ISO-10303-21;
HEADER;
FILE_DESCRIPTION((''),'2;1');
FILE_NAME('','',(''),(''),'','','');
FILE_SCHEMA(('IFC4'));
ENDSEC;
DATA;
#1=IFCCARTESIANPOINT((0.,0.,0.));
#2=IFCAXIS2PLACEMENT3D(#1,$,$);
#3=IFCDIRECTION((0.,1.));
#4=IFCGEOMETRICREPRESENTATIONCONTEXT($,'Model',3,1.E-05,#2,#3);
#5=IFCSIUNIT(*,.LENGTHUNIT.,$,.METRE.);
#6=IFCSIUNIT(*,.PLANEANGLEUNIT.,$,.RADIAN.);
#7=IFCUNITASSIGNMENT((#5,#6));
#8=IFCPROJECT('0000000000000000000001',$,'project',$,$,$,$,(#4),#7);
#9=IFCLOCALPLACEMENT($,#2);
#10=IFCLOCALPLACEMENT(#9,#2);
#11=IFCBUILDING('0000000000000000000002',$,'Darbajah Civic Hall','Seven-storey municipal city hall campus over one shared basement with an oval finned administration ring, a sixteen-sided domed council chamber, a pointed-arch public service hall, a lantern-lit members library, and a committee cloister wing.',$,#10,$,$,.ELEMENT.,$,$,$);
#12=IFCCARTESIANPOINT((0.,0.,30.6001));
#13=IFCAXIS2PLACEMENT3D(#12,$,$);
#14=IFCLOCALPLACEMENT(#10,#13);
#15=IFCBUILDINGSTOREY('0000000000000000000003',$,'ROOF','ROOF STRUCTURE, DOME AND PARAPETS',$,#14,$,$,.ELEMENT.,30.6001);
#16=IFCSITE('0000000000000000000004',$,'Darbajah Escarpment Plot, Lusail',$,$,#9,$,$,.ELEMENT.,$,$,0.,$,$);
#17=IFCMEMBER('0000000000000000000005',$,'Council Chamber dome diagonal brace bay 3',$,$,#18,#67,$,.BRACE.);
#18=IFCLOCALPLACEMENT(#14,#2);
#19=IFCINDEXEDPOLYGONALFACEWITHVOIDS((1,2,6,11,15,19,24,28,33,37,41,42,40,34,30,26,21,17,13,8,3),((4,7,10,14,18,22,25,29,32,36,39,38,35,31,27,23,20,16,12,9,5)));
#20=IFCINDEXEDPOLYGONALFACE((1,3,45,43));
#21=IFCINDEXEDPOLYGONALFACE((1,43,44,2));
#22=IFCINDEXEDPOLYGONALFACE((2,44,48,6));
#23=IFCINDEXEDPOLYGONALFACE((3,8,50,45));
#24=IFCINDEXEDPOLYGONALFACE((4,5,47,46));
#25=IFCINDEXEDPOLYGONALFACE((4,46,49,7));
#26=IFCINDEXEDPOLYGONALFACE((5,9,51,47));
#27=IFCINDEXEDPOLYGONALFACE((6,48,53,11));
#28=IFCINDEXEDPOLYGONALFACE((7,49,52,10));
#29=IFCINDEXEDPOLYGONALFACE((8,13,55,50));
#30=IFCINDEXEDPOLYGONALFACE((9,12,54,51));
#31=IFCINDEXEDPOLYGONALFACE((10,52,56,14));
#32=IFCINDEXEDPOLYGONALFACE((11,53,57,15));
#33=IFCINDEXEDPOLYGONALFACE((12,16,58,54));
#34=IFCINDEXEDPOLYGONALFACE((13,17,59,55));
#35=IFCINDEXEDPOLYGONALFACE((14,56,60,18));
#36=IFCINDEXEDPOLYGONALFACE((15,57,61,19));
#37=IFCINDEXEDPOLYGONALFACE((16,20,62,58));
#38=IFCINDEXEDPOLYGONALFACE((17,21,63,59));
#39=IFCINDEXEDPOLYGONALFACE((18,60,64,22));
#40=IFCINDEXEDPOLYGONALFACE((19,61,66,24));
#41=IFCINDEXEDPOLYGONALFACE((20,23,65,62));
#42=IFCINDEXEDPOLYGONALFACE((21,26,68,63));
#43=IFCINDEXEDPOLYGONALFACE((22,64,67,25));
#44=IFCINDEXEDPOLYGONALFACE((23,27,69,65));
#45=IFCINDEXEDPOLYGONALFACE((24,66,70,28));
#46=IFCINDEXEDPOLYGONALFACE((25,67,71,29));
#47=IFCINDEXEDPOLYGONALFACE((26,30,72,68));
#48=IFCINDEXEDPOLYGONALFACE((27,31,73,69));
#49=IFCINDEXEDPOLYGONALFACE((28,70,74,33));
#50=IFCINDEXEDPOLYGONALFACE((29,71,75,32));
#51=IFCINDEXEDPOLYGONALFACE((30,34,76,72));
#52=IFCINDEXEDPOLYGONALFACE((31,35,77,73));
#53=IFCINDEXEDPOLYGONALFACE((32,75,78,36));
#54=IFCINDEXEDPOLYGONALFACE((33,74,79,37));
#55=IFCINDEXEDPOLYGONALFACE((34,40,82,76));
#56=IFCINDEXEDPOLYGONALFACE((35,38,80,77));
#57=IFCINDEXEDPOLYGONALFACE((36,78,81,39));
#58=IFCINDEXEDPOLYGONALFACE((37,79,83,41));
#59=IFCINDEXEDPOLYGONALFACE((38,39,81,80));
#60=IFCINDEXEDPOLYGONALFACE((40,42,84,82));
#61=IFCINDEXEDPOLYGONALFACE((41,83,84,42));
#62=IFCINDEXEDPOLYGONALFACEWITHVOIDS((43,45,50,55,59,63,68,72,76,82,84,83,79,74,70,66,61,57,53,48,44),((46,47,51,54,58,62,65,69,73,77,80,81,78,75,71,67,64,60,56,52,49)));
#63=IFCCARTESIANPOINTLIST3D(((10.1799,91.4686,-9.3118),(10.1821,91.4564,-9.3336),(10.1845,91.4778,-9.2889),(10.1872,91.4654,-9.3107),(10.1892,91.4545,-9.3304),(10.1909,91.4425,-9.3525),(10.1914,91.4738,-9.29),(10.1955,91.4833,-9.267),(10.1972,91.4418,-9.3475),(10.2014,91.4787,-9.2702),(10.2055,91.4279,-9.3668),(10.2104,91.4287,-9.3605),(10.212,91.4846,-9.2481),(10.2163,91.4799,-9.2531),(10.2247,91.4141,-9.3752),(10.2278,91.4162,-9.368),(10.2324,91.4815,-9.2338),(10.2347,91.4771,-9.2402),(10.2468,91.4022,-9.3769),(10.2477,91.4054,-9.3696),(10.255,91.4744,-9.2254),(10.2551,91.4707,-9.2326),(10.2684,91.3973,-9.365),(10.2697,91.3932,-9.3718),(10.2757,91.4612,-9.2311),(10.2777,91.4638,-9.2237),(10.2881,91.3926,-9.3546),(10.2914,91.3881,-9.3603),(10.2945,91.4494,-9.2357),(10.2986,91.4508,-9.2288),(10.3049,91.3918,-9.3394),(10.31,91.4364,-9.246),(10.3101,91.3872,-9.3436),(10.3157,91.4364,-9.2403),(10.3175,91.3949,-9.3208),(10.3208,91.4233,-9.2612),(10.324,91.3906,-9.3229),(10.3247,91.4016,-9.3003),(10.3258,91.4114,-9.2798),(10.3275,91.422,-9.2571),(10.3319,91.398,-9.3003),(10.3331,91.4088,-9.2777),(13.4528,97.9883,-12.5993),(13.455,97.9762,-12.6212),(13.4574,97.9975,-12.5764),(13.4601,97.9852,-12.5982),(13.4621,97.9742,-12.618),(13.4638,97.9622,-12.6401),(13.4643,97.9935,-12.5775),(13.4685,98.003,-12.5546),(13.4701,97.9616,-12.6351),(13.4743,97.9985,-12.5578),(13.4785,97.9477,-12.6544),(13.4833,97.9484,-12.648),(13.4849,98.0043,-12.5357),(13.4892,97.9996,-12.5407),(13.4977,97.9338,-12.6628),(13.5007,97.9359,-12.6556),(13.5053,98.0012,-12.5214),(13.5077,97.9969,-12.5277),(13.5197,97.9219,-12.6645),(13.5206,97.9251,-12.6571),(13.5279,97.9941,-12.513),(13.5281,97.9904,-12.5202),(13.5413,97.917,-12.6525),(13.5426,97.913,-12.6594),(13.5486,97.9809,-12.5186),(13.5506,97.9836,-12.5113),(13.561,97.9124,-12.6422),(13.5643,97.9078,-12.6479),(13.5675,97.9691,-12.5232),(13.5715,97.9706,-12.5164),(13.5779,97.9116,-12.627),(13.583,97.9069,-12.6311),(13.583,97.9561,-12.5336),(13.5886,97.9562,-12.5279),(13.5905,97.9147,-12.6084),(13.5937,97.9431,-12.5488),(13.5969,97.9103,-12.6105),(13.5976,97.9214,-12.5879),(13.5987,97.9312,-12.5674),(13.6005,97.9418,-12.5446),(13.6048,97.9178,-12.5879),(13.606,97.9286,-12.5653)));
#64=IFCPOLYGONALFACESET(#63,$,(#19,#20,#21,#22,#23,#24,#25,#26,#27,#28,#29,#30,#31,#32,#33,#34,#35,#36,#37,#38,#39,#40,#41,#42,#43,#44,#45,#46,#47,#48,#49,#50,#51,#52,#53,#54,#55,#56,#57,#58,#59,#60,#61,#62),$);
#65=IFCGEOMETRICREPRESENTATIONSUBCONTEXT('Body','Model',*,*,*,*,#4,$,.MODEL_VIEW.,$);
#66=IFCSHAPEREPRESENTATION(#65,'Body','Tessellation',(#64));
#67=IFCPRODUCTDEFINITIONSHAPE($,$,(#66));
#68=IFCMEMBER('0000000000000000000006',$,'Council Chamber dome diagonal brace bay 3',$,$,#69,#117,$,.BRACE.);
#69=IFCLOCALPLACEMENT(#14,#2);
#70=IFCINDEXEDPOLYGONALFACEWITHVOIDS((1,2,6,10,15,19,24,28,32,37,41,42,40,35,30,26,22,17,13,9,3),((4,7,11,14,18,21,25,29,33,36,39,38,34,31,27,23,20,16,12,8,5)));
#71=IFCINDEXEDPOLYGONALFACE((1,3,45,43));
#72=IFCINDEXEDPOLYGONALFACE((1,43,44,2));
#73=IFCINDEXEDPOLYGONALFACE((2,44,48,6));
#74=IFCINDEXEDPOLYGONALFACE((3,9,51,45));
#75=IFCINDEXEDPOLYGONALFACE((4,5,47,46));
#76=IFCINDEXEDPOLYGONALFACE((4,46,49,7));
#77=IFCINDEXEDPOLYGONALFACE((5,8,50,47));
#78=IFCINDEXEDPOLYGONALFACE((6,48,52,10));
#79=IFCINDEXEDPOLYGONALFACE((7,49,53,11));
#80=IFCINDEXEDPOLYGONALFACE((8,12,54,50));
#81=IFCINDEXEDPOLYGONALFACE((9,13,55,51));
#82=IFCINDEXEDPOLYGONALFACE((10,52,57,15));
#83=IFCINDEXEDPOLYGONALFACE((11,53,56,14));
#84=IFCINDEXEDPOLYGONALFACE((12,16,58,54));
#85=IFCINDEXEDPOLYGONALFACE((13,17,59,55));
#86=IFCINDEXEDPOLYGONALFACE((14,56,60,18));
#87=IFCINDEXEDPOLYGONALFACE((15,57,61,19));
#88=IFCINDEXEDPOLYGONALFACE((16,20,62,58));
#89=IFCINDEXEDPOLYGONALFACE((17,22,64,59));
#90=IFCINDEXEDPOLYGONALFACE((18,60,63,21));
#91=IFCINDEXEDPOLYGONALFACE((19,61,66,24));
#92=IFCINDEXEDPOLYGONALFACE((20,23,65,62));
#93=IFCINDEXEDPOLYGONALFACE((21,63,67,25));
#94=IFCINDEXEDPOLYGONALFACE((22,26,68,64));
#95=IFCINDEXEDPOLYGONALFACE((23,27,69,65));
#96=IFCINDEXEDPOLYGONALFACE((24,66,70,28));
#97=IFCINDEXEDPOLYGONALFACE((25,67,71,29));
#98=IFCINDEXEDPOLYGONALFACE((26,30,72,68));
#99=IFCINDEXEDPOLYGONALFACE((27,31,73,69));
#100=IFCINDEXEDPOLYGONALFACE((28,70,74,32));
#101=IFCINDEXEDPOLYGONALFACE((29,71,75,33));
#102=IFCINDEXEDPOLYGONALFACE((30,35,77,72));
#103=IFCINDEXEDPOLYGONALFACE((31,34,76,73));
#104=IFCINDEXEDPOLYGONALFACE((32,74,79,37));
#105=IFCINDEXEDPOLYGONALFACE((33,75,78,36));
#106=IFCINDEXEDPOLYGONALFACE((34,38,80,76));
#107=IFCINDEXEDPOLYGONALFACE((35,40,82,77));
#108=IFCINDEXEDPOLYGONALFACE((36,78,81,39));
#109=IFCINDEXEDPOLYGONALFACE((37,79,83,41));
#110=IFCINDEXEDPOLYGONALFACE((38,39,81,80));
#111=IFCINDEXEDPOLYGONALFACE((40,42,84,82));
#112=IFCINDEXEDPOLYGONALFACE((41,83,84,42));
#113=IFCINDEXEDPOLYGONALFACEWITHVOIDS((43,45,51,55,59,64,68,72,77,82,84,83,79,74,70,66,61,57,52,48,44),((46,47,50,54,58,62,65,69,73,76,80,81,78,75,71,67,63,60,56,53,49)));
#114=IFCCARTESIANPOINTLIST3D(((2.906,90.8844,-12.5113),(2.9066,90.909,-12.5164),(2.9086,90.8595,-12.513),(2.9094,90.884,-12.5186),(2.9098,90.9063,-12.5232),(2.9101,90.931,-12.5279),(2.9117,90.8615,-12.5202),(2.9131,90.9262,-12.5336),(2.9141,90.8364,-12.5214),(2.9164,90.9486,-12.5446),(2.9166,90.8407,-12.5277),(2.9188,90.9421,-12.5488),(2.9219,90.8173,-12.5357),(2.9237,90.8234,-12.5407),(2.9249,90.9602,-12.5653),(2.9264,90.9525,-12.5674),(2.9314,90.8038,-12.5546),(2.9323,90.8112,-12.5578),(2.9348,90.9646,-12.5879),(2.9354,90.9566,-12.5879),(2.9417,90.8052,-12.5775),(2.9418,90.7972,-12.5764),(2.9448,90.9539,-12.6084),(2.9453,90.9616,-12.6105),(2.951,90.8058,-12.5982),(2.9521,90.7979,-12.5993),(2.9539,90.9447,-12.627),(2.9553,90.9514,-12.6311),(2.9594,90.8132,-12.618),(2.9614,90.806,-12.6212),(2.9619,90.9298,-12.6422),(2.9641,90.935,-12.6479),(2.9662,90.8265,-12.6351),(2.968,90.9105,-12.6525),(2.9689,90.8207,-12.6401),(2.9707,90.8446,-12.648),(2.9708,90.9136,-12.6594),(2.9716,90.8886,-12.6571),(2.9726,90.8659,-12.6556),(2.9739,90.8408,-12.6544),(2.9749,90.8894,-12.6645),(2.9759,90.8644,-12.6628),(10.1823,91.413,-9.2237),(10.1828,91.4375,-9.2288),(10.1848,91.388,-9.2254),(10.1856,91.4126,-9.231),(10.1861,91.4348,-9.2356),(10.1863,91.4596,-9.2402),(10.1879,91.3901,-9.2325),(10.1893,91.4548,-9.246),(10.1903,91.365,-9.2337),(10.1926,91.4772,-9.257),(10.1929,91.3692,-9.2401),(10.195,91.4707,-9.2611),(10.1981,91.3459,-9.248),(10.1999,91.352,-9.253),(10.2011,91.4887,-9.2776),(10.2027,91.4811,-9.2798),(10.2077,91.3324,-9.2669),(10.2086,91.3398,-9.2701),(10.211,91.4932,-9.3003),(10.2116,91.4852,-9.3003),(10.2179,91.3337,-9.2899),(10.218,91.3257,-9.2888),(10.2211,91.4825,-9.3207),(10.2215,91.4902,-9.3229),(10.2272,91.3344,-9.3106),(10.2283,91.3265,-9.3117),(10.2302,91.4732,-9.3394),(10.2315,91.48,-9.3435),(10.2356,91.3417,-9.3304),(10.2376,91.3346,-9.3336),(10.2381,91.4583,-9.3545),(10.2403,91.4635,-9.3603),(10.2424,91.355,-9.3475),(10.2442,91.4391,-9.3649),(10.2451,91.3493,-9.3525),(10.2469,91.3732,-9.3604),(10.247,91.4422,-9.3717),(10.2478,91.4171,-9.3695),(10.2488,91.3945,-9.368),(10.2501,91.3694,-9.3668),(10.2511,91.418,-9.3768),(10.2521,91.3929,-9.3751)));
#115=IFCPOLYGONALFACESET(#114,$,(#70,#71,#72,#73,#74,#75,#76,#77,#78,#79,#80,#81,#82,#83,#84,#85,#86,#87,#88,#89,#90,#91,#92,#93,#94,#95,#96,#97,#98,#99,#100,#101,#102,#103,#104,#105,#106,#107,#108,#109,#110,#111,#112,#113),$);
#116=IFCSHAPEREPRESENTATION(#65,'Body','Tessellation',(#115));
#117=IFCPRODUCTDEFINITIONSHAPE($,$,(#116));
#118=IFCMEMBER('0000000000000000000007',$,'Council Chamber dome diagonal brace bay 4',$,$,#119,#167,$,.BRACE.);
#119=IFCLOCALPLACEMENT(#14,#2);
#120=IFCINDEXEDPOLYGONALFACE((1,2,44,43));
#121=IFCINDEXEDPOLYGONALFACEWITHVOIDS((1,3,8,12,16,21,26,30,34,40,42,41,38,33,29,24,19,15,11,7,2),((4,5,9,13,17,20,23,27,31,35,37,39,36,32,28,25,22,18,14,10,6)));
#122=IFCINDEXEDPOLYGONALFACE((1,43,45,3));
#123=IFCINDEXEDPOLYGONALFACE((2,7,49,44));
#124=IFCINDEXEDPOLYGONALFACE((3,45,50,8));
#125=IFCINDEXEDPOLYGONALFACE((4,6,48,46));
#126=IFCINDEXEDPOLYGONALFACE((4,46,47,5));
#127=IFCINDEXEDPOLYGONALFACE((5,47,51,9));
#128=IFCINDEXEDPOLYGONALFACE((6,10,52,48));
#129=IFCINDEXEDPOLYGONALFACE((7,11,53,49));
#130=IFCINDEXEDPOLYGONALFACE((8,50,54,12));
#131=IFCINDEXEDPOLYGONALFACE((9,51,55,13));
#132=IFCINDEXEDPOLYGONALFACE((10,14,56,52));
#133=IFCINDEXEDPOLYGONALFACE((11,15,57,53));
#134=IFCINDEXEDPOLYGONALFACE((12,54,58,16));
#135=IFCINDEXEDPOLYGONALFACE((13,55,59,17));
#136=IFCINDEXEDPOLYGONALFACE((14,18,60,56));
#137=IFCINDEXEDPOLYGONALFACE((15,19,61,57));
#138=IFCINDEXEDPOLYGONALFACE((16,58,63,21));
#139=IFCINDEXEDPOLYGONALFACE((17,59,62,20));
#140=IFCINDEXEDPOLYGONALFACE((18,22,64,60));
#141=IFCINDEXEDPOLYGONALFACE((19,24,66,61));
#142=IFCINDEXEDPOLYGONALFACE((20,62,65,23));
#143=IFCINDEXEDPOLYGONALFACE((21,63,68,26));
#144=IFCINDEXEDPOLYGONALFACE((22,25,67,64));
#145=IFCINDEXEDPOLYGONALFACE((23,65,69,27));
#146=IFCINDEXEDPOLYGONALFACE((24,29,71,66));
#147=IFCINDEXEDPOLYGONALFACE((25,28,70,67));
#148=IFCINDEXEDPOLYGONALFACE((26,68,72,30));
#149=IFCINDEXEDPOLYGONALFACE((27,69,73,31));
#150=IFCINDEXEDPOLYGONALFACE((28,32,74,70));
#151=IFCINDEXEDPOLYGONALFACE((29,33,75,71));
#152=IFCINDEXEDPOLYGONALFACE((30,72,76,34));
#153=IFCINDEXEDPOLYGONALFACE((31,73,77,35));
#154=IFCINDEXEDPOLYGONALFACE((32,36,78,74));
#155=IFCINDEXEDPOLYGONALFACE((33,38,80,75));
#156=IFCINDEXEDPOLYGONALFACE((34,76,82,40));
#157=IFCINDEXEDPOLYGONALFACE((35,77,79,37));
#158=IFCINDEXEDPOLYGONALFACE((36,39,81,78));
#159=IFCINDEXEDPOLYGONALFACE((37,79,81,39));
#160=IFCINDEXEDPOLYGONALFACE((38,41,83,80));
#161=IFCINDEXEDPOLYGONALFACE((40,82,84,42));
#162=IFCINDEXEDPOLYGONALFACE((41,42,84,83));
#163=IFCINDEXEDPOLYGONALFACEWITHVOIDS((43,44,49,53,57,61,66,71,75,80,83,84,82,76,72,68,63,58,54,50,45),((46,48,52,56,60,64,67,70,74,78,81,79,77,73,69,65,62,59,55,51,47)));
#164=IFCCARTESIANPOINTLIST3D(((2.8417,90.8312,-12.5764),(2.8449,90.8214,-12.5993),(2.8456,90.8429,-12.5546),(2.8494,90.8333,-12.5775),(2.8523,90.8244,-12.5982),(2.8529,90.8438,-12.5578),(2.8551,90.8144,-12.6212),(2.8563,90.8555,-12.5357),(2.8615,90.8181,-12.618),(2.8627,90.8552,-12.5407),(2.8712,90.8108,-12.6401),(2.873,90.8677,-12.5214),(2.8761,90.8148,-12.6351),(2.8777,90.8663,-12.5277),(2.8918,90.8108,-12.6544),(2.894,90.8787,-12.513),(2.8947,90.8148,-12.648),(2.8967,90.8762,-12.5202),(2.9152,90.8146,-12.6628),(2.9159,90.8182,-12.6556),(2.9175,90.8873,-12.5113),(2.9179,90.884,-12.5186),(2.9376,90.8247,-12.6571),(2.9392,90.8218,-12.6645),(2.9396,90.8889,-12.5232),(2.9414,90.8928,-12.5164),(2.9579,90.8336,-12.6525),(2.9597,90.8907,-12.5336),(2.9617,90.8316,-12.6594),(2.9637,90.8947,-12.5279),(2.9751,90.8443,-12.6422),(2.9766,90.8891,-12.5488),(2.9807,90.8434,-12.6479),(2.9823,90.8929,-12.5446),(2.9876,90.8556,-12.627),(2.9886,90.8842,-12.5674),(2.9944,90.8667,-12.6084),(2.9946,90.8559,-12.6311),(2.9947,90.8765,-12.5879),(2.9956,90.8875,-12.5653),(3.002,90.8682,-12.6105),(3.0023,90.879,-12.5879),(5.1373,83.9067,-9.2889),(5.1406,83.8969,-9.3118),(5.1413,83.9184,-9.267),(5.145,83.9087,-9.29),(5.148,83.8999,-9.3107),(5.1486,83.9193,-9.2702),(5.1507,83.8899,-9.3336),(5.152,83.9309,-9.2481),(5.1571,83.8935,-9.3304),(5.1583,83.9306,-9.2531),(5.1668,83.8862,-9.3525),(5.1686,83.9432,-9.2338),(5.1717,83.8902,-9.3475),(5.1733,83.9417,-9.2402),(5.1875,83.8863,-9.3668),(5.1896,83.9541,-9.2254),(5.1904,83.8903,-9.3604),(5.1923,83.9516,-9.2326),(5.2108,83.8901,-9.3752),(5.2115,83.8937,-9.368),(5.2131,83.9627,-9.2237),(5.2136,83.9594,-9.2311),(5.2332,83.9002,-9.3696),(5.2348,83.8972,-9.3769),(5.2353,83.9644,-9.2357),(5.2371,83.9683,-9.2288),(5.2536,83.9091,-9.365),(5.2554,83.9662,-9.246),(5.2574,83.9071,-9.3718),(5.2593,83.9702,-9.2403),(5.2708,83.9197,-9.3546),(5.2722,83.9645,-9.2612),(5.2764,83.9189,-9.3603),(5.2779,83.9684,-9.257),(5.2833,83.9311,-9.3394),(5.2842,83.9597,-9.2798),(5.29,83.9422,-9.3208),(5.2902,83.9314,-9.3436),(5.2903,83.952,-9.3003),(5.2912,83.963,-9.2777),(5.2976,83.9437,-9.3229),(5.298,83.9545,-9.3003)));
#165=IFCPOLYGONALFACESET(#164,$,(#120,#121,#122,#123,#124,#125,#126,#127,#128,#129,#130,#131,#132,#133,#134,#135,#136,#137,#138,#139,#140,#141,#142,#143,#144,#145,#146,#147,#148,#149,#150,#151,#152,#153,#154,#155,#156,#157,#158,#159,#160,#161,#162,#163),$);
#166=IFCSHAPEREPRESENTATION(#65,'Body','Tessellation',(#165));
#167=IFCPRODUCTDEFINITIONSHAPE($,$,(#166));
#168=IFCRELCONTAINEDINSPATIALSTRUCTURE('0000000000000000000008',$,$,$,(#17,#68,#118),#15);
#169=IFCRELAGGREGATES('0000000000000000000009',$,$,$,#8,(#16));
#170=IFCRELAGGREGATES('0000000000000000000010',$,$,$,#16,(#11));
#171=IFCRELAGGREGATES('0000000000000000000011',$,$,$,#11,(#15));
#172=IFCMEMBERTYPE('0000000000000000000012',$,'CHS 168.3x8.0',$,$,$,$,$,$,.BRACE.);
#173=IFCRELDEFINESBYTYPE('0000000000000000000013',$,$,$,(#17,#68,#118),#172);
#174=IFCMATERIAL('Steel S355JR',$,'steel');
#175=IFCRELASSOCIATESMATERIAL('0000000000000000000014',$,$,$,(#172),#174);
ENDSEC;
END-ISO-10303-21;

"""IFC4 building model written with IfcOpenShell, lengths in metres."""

from ifc_helpers import new_model, si_unit, direction, frame, origin, origin_2d, place, context, subcontext, project, spatial, hollow_circle, extrude, material, material_profile, profile_set, type_object, element, save


model = new_model("IFC4")

# Units and contexts
model_context = context("Model", 3, precision=1e-05, world=origin(), true_north=direction((0.0, 1.0)))
body_context = subcontext(model_context, "Body", "Model", "MODEL_VIEW")
ifc_project = project(units=[si_unit("LENGTHUNIT", "METRE"), si_unit("PLANEANGLEUNIT", "RADIAN")], contexts=[model_context])

# Site, building, storey
site_placement = place(None, origin())
site = spatial("IfcSite", under=ifc_project, at=site_placement, Name="Darbajah Escarpment Plot, Lusail", CompositionType="ELEMENT", RefElevation=0.0)
building_placement = place(site_placement, origin())
building = spatial("IfcBuilding", under=site, at=building_placement, Name="Darbajah Civic Hall", Description="Seven-storey municipal city hall campus over one shared basement with an oval finned administration ring, a sixteen-sided domed council chamber, a pointed-arch public service hall, a lantern-lit members library, and a committee cloister wing.", CompositionType="ELEMENT")
storey_placement = place(building_placement, frame((0.0, 0.0, 30.6001)))
storey = spatial("IfcBuildingStorey", under=building, at=storey_placement, Name="ROOF", Description="ROOF STRUCTURE, DOME AND PARAPETS", CompositionType="ELEMENT", Elevation=30.6001)

# Members
ifc_material = material(Name="Steel S355JR", Category="steel")
ifc_material_profile_1 = material_profile(ifc_material, hollow_circle(Radius=0.0842, WallThickness=0.0081, at=origin_2d()), Name="CHS 168.3x8.0")
ifc_profile_set_1 = profile_set([ifc_material_profile_1], Name="Steel S355JR")
member_type_1 = type_object("IfcMemberType", Name="CHS 168.3x8.0", PredefinedType="BRACE", material=ifc_profile_set_1)
for number, where, z_axis, x_axis, name in (
    (1, (13.5295, 97.9556, -12.5879), (-0.409029, -0.814794, 0.41086), (0.89371, -0.448645, 0.0), "Council Chamber dome diagonal brace bay 3"),
):
    element("IfcMember", number, at=place(storey_placement, frame(where, z_axis=z_axis, x_axis=x_axis)), inside=storey, type_object=member_type_1, Name=name, PredefinedType="BRACE", context=body_context, shape_type="SweptSolid", body=[
        extrude(hollow_circle(Radius=0.0842, WallThickness=0.0081, at=origin_2d()), origin(), (0.0, 0.0, 1.0), 8.0017),
    ])
member_1_placement = place(storey_placement, frame((2.9409, 90.8806, -12.5879), z_axis=(0.909305, 0.066055, 0.410855), x_axis=(-0.072453, 0.997372, 0.0)))
element("IfcMember", 2, at=member_1_placement, inside=storey, type_object=member_type_1, Name="Council Chamber dome diagonal brace bay 3", PredefinedType="BRACE", context=body_context, shape_type="SweptSolid", body=[
    extrude(hollow_circle(Radius=0.0842, WallThickness=0.0081, at=origin_2d()), origin(), (0.0, 0.0, 1.0), 8.002),
])
member_2_placement = place(storey_placement, frame((2.9224, 90.8525, -12.5879), z_axis=(0.286894, -0.865382, 0.41086), x_axis=(0.949197, 0.314681, 0.0)))
element("IfcMember", 3, at=member_2_placement, inside=storey, type_object=member_type_1, Name="Council Chamber dome diagonal brace bay 4", PredefinedType="BRACE", context=body_context, shape_type="SweptSolid", body=[
    extrude(hollow_circle(Radius=0.0842, WallThickness=0.0081, at=origin_2d()), origin(), (0.0, 0.0, 1.0), 8.0017),
])

save(model, "model.ifc")
